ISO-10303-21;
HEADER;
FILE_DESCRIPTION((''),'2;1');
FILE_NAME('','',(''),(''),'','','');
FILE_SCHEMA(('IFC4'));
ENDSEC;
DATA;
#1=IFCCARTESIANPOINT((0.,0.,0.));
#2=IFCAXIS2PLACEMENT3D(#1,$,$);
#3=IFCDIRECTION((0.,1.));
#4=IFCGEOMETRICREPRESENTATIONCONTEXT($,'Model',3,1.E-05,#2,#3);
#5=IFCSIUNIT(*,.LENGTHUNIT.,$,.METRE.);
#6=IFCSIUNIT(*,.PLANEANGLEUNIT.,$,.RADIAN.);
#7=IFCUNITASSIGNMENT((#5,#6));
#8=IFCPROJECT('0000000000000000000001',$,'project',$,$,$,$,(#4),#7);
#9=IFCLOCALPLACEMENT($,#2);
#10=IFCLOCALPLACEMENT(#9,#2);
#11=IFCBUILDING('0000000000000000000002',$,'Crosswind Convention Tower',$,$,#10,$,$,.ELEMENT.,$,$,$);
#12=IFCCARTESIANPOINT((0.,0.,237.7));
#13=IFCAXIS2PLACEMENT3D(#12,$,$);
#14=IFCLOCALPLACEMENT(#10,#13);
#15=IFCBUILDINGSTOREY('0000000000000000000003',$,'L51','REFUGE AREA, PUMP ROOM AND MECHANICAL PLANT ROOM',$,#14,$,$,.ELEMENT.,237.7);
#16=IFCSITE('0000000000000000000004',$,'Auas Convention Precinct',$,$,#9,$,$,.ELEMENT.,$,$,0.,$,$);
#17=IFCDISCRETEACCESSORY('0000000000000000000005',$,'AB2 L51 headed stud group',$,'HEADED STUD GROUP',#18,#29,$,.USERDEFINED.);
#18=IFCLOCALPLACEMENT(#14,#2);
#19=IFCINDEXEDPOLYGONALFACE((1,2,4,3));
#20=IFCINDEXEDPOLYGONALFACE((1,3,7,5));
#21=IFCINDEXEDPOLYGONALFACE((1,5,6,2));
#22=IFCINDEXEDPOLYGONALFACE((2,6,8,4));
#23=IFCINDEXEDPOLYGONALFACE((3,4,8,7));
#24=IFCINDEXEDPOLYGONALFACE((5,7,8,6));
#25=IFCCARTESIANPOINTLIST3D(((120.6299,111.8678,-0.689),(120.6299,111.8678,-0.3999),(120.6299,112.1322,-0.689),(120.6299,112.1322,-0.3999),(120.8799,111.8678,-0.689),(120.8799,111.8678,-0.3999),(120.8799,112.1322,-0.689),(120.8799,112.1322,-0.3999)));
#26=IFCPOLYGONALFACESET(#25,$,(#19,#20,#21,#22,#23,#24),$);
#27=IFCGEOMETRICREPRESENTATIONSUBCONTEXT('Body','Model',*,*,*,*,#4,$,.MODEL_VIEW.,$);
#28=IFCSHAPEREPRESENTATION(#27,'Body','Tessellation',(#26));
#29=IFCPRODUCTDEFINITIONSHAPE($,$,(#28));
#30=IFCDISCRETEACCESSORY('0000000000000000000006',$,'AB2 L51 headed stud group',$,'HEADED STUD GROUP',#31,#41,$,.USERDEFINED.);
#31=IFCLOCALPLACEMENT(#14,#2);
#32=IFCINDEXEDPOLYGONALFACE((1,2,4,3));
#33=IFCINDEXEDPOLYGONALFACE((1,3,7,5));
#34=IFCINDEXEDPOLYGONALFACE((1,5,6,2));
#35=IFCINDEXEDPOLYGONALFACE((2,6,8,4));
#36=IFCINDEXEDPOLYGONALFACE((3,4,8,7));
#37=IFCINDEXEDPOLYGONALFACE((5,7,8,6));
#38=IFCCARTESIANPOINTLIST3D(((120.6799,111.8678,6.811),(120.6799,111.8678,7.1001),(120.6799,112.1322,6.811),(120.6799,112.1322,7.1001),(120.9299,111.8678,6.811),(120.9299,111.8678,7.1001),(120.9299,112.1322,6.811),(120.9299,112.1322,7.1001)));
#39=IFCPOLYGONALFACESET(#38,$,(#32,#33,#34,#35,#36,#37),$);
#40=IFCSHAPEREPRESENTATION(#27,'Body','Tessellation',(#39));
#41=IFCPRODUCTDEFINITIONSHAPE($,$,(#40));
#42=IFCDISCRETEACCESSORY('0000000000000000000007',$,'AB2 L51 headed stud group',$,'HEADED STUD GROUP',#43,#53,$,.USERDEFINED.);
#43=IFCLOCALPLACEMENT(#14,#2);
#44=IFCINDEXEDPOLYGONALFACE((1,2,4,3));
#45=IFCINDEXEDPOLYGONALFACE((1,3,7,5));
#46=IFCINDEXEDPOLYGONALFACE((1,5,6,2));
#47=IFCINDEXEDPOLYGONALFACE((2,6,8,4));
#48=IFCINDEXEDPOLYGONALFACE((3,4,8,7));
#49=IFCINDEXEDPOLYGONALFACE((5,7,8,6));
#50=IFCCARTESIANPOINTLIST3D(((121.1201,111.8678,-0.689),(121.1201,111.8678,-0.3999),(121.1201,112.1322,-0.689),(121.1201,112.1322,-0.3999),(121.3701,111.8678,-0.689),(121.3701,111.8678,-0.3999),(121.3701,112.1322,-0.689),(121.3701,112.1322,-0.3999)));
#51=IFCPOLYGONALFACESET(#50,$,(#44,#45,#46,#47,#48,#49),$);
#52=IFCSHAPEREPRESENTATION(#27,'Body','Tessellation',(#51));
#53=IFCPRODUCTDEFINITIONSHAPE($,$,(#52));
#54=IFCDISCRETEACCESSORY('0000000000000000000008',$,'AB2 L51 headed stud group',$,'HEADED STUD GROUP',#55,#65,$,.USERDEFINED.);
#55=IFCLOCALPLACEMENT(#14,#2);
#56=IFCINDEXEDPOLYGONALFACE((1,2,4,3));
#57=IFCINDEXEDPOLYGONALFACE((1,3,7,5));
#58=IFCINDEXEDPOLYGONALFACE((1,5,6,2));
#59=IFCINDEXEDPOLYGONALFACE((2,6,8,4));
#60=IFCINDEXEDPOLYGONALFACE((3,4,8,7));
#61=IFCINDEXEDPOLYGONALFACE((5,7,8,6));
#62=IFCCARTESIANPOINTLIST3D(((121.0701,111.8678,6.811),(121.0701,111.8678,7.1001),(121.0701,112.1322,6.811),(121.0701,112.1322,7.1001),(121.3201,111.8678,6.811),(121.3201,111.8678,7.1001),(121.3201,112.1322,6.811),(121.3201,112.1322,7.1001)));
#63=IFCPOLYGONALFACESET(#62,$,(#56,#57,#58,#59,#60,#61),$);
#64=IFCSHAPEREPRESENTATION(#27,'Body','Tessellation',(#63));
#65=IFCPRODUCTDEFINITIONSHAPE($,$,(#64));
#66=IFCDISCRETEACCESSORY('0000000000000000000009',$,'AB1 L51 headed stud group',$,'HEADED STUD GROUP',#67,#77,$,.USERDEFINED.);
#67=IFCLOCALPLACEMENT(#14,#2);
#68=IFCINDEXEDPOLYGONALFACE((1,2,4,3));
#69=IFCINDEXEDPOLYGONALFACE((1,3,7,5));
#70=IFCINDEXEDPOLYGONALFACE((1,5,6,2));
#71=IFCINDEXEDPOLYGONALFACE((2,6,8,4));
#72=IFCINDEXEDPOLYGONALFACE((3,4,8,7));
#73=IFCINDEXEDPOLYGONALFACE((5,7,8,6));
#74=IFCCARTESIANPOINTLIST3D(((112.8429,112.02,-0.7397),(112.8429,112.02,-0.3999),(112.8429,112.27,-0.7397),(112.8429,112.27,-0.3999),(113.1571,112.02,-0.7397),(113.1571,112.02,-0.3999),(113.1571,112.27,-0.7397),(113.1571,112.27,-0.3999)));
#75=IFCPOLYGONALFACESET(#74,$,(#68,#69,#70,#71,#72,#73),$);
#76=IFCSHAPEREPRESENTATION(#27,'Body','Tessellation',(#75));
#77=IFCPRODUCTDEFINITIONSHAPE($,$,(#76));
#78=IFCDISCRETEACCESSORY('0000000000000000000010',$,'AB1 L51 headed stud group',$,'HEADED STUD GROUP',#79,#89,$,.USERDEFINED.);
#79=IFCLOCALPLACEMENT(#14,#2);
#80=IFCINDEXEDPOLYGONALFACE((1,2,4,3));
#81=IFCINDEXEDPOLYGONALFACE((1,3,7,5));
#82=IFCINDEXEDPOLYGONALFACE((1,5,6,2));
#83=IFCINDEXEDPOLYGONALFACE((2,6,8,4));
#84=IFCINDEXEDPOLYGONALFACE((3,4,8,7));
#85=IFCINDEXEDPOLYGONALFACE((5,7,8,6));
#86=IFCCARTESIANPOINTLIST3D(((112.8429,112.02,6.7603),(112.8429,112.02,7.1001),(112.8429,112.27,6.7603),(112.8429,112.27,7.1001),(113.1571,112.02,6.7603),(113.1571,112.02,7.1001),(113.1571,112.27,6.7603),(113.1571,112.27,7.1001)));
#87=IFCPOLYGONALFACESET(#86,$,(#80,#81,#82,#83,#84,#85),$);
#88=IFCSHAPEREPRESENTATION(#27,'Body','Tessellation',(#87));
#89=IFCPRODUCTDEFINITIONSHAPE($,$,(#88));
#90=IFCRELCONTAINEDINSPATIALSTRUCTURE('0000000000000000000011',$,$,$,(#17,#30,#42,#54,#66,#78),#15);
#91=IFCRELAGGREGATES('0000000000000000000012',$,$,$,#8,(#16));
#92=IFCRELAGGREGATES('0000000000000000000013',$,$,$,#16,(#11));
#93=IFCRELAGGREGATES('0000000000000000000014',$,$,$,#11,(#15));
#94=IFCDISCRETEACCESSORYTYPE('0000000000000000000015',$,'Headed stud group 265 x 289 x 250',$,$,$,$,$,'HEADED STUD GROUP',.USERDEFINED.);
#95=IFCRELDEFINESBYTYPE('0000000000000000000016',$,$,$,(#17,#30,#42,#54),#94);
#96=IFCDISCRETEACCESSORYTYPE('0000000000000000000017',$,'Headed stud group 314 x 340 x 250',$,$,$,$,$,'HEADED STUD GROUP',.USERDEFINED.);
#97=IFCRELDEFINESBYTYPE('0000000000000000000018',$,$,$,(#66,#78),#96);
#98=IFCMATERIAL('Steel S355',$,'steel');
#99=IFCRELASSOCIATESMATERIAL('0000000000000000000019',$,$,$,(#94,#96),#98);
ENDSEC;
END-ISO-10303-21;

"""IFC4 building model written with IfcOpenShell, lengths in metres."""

from ifc_helpers import new_model, si_unit, direction, frame, origin, origin_2d, place, context, subcontext, project, spatial, rectangle, extrude, material, type_object, element, save


model = new_model("IFC4")

# Units and contexts
model_context = context("Model", 3, precision=1e-05, world=origin(), true_north=direction((0.0, 1.0)))
body_context = subcontext(model_context, "Body", "Model", "MODEL_VIEW")
ifc_project = project(units=[si_unit("LENGTHUNIT", "METRE"), si_unit("PLANEANGLEUNIT", "RADIAN")], contexts=[model_context])

# Site, building, storey
site_placement = place(None, origin())
site = spatial("IfcSite", under=ifc_project, at=site_placement, Name="Auas Convention Precinct", CompositionType="ELEMENT", RefElevation=0.0)
building_placement = place(site_placement, origin())
building = spatial("IfcBuilding", under=site, at=building_placement, Name="Crosswind Convention Tower", CompositionType="ELEMENT")
storey_placement = place(building_placement, frame((0.0, 0.0, 237.7)))
storey = spatial("IfcBuildingStorey", under=building, at=storey_placement, Name="L51", Description="REFUGE AREA, PUMP ROOM AND MECHANICAL PLANT ROOM", CompositionType="ELEMENT", Elevation=237.7)

# Shared definitions
ifc_material_1 = material(Name="Steel S355", Category="steel")

# Discrete accessories
discrete_accessory_type_1 = type_object("IfcDiscreteAccessoryType", Name="Headed stud group 265 x 289 x 250", ElementType="HEADED STUD GROUP", PredefinedType="USERDEFINED", material=ifc_material_1)
for number, where, z_axis, x_axis, name in (
    (1, (120.7549, 112.0, -0.689), (0.0, 0.0, 1.0), (1.0, 0.0, 0.0), "AB2 L51 headed stud group"),
    (2, (120.8049, 112.0, 6.811), (0.0, 0.0, 1.0), (1.0, 0.0, 0.0), "AB2 L51 headed stud group"),
    (3, (121.2451, 112.0, -0.689), (0.0, 0.0, 1.0), (1.0, 0.0, 0.0), "AB2 L51 headed stud group"),
    (4, (121.1951, 112.0, 6.811), (0.0, 0.0, 1.0), (1.0, 0.0, 0.0), "AB2 L51 headed stud group"),
):
    element("IfcDiscreteAccessory", number, at=place(storey_placement, frame(where, z_axis=z_axis, x_axis=x_axis)), inside=storey, type_object=discrete_accessory_type_1, Name=name, ObjectType="HEADED STUD GROUP", PredefinedType="USERDEFINED", context=body_context, shape_type="SweptSolid", body=[
        extrude(rectangle(XDim=0.25, YDim=0.2644, at=origin_2d()), origin(), (0.0, 0.0, 1.0), 0.2891),
    ])
discrete_accessory_type_2 = type_object("IfcDiscreteAccessoryType", Name="Headed stud group 314 x 340 x 250", ElementType="HEADED STUD GROUP", PredefinedType="USERDEFINED", material=ifc_material_1)
for number, where, z_axis, x_axis, name in (
    (5, (113.0, 112.145, -0.7397), (0.0, 0.0, 1.0), (1.0, 0.0, 0.0), "AB1 L51 headed stud group"),
    (6, (113.0, 112.145, 6.7603), (0.0, 0.0, 1.0), (1.0, 0.0, 0.0), "AB1 L51 headed stud group"),
):
    element("IfcDiscreteAccessory", number, at=place(storey_placement, frame(where, z_axis=z_axis, x_axis=x_axis)), inside=storey, type_object=discrete_accessory_type_2, Name=name, ObjectType="HEADED STUD GROUP", PredefinedType="USERDEFINED", context=body_context, shape_type="SweptSolid", body=[
        extrude(rectangle(XDim=0.3142, YDim=0.25, at=origin_2d()), origin(), (0.0, 0.0, 1.0), 0.3398),
    ])

save(model, "model.ifc")
